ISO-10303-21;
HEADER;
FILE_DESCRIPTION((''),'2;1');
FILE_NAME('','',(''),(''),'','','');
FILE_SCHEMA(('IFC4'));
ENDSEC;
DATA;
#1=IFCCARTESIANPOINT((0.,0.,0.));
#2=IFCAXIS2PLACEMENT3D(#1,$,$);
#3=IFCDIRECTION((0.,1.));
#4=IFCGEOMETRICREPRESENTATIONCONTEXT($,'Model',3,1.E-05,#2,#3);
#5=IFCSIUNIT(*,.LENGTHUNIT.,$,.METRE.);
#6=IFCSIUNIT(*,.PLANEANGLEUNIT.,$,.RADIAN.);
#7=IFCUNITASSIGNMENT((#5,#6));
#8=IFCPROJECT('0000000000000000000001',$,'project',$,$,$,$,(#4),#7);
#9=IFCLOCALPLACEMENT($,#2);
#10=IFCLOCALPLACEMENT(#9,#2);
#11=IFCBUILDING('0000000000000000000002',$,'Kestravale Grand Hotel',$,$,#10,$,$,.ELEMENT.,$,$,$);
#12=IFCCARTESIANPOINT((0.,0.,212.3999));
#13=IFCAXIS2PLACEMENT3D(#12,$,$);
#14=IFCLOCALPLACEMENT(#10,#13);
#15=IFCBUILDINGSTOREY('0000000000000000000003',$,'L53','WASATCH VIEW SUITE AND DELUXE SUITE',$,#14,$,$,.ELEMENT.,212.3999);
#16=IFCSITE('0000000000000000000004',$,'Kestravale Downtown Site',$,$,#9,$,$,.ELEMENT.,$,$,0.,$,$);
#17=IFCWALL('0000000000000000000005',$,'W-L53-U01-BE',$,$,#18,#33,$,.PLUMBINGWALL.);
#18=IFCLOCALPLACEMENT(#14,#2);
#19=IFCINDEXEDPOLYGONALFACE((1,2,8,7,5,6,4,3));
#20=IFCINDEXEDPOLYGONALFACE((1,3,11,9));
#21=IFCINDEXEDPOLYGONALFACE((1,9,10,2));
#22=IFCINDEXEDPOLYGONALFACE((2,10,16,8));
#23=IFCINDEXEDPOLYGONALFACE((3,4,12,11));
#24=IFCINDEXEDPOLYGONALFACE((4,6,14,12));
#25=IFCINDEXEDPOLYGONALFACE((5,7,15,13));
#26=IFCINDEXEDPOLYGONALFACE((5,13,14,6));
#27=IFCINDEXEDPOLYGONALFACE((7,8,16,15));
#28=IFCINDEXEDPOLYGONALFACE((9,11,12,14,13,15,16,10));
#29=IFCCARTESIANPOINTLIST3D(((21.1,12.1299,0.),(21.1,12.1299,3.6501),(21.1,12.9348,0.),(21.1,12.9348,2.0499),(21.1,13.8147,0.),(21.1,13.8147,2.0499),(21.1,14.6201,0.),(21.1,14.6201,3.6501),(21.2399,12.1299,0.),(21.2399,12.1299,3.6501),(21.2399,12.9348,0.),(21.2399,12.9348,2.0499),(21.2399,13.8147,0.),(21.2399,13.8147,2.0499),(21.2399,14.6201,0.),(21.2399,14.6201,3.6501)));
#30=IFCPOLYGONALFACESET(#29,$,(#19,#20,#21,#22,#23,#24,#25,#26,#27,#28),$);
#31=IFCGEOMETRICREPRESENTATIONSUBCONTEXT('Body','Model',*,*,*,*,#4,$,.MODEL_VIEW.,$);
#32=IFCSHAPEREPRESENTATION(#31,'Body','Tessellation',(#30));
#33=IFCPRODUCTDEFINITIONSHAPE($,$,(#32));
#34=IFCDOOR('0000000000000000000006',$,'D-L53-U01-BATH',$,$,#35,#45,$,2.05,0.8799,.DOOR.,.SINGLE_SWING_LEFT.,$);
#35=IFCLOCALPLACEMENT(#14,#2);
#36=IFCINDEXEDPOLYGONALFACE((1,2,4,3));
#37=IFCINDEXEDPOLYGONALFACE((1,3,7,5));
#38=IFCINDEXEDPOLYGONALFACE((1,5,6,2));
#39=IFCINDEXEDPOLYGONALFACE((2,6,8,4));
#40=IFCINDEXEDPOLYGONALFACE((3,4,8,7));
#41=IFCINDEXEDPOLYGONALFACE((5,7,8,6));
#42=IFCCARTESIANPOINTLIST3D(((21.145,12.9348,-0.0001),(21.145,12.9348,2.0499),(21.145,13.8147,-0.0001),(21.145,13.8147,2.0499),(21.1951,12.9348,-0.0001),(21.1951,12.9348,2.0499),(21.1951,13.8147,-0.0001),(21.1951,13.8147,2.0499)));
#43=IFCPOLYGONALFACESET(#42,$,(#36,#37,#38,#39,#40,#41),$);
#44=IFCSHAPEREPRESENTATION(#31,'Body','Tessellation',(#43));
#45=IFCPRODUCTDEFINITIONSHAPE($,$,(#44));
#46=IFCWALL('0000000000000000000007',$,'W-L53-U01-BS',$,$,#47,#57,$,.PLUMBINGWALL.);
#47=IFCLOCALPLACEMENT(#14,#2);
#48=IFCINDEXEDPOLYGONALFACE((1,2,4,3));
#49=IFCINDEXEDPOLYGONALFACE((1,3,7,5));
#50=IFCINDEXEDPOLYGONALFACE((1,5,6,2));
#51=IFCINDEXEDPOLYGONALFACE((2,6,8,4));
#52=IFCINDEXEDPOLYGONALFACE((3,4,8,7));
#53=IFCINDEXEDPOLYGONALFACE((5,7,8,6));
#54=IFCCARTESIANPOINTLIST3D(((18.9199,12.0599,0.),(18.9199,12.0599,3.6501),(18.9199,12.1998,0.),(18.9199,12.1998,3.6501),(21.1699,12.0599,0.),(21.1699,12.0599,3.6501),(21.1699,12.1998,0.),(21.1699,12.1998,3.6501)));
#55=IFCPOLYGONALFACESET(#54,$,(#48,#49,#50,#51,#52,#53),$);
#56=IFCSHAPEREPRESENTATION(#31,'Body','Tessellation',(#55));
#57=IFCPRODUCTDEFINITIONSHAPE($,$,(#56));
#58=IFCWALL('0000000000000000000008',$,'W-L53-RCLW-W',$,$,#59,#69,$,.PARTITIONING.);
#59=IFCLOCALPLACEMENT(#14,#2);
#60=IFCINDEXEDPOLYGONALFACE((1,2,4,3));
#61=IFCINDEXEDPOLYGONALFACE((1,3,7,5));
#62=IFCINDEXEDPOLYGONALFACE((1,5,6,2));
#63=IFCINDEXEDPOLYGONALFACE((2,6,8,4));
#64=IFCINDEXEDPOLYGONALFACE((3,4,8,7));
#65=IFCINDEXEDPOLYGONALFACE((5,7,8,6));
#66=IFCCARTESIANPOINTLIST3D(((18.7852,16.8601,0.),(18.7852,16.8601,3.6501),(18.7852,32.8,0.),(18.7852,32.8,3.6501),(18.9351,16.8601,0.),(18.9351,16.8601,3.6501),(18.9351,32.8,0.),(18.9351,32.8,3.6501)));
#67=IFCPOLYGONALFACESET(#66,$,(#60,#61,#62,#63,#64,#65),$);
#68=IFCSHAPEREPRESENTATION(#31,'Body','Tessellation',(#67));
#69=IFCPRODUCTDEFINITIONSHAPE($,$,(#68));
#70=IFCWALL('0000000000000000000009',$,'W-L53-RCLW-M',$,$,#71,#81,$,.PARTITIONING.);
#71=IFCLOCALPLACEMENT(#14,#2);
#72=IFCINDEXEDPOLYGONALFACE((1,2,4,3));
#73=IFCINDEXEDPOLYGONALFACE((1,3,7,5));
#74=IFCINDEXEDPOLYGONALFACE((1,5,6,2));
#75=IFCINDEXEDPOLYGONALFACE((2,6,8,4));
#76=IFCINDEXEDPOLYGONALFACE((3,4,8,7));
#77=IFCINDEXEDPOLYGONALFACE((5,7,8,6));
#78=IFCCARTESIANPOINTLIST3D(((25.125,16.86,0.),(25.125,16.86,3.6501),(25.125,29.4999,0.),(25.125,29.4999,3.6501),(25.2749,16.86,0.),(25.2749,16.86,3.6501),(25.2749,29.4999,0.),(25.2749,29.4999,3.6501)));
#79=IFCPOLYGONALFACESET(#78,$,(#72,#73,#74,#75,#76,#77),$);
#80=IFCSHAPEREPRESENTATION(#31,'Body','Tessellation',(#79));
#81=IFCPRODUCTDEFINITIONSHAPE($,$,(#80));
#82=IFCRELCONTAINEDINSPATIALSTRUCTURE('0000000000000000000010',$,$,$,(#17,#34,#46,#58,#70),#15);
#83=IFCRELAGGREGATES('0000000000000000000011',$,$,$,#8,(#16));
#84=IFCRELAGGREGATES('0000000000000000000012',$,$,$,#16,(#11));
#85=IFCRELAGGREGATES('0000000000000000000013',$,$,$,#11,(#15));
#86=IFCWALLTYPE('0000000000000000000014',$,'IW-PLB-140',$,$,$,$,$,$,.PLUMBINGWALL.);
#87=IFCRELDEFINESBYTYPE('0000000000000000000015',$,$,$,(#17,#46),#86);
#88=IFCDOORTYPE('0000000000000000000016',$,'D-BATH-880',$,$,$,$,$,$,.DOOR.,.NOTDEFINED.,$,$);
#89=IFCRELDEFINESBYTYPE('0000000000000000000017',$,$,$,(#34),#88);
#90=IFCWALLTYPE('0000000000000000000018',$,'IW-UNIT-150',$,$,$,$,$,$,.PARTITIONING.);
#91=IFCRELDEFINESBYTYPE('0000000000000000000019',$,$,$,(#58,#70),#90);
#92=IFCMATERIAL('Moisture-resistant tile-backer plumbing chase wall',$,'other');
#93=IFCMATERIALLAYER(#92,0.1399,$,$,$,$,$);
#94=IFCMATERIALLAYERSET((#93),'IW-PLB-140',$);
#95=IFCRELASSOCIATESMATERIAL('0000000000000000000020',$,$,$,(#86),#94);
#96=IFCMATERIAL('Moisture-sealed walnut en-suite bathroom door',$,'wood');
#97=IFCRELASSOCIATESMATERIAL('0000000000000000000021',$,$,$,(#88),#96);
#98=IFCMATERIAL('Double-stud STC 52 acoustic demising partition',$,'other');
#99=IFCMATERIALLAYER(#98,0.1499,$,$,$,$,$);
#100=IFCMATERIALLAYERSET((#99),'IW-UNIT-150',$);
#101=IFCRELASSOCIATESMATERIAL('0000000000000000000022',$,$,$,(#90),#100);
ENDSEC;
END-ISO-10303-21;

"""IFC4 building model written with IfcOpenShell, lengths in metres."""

from ifc_helpers import new_model, si_unit, direction, frame, frame_2d, origin, place, context, subcontext, project, spatial, rectangle, extrude, material, layer, layer_set, type_object, element, fill, save


model = new_model("IFC4")

# Units and contexts
model_context = context("Model", 3, precision=1e-05, world=origin(), true_north=direction((0.0, 1.0)))
body_context = subcontext(model_context, "Body", "Model", "MODEL_VIEW")
ifc_project = project(units=[si_unit("LENGTHUNIT", "METRE"), si_unit("PLANEANGLEUNIT", "RADIAN")], contexts=[model_context])

# Site, building, storey
site_placement = place(None, origin())
site = spatial("IfcSite", under=ifc_project, at=site_placement, Name="Kestravale Downtown Site", CompositionType="ELEMENT", RefElevation=0.0)
building_placement = place(site_placement, origin())
building = spatial("IfcBuilding", under=site, at=building_placement, Name="Kestravale Grand Hotel", CompositionType="ELEMENT")
storey_placement = place(building_placement, frame((0.0, 0.0, 212.3999)))
storey = spatial("IfcBuildingStorey", under=building, at=storey_placement, Name="L53", Description="WASATCH VIEW SUITE AND DELUXE SUITE", CompositionType="ELEMENT", Elevation=212.3999)

# Wall, opening, door
ifc_material_1 = material(Name="Moisture-resistant tile-backer plumbing chase wall", Category="other")
ifc_layer_1 = layer(ifc_material_1, 0.1399)
ifc_layer_set_1 = layer_set([ifc_layer_1], Name="IW-PLB-140")
wall_type_1 = type_object("IfcWallType", Name="IW-PLB-140", PredefinedType="PLUMBINGWALL", material=ifc_layer_set_1)
wall_1_placement = place(storey_placement, frame((21.1699, 12.1299, 0.0), z_axis=(0.0, 0.0, 1.0), x_axis=(0.0, 1.0, 0.0)))
wall_1 = element("IfcWall", 1, at=wall_1_placement, inside=storey, type_object=wall_type_1, Name="W-L53-U01-BE", PredefinedType="PLUMBINGWALL", context=body_context, shape_type="SweptSolid", body=[
    extrude(rectangle(XDim=2.4902, YDim=0.1399, at=frame_2d((1.2451, 0.0))), origin(), (0.0, 0.0, 1.0), 3.6501),
])
opening_1_placement = place(wall_1_placement, frame((0.8049, 0.0, 0.0)))
opening_1 = element("IfcOpeningElement", 2, at=opening_1_placement, cuts=wall_1, PredefinedType="OPENING", context=body_context, shape_type="SweptSolid", body=[
    extrude(rectangle(XDim=0.8799, YDim=2.05, at=frame_2d((0.4399, 1.0249))), frame((0.0, 0.0798, 0.0), z_axis=(0.0, -1.0, 0.0), x_axis=(1.0, 0.0, 0.0)), (0.0, 0.0, 1.0), 0.1599),
])
ifc_material_2 = material(Name="Moisture-sealed walnut en-suite bathroom door", Category="wood")
door_type_1 = type_object("IfcDoorType", Name="D-BATH-880", OperationType="NOTDEFINED", PredefinedType="DOOR", material=ifc_material_2)
door_1_placement = place(opening_1_placement, origin())
door_1 = element("IfcDoor", 3, at=door_1_placement, inside=storey, type_object=door_type_1, Name="D-L53-U01-BATH", OperationType="SINGLE_SWING_LEFT", OverallHeight=2.05, OverallWidth=0.8799, PredefinedType="DOOR", context=body_context, shape_type="SweptSolid", body=[
    extrude(rectangle(XDim=0.8799, YDim=2.05, at=frame_2d((0.4399, 1.0249))), frame((0.0, 0.0249, 0.0), z_axis=(0.0, -1.0, 0.0), x_axis=(1.0, 0.0, 0.0)), (0.0, 0.0, 1.0), 0.05),
])
fill(opening_1, door_1)

# Walls
wall_2_placement = place(storey_placement, frame((18.9199, 12.1299, 0.0), z_axis=(0.0, 0.0, 1.0), x_axis=(1.0, 0.0, 0.0)))
element("IfcWall", 4, at=wall_2_placement, inside=storey, type_object=wall_type_1, Name="W-L53-U01-BS", PredefinedType="PLUMBINGWALL", context=body_context, shape_type="SweptSolid", body=[
    extrude(rectangle(XDim=2.25, YDim=0.1399, at=frame_2d((1.125, 0.0))), origin(), (0.0, 0.0, 1.0), 3.6501),
])
ifc_material_3 = material(Name="Double-stud STC 52 acoustic demising partition", Category="other")
ifc_layer_2 = layer(ifc_material_3, 0.1499)
ifc_layer_set_2 = layer_set([ifc_layer_2], Name="IW-UNIT-150")
wall_type_2 = type_object("IfcWallType", Name="IW-UNIT-150", PredefinedType="PARTITIONING", material=ifc_layer_set_2)
wall_3_placement = place(storey_placement, frame((18.8601, 16.8601, 0.0), z_axis=(0.0, 0.0, 1.0), x_axis=(0.0, 1.0, 0.0)))
element("IfcWall", 5, at=wall_3_placement, inside=storey, type_object=wall_type_2, Name="W-L53-RCLW-W", PredefinedType="PARTITIONING", context=body_context, shape_type="SweptSolid", body=[
    extrude(rectangle(XDim=15.9399, YDim=0.1499, at=frame_2d((7.97, 0.0))), origin(), (0.0, 0.0, 1.0), 3.6501),
])
wall_4_placement = place(storey_placement, frame((25.2, 16.8601, 0.0), z_axis=(0.0, 0.0, 1.0), x_axis=(0.0, 1.0, 0.0)))
element("IfcWall", 6, at=wall_4_placement, inside=storey, type_object=wall_type_2, Name="W-L53-RCLW-M", PredefinedType="PARTITIONING", context=body_context, shape_type="SweptSolid", body=[
    extrude(rectangle(XDim=12.6399, YDim=0.1499, at=frame_2d((6.3198, 0.0))), origin(), (0.0, 0.0, 1.0), 3.6501),
])

save(model, "model.ifc")
